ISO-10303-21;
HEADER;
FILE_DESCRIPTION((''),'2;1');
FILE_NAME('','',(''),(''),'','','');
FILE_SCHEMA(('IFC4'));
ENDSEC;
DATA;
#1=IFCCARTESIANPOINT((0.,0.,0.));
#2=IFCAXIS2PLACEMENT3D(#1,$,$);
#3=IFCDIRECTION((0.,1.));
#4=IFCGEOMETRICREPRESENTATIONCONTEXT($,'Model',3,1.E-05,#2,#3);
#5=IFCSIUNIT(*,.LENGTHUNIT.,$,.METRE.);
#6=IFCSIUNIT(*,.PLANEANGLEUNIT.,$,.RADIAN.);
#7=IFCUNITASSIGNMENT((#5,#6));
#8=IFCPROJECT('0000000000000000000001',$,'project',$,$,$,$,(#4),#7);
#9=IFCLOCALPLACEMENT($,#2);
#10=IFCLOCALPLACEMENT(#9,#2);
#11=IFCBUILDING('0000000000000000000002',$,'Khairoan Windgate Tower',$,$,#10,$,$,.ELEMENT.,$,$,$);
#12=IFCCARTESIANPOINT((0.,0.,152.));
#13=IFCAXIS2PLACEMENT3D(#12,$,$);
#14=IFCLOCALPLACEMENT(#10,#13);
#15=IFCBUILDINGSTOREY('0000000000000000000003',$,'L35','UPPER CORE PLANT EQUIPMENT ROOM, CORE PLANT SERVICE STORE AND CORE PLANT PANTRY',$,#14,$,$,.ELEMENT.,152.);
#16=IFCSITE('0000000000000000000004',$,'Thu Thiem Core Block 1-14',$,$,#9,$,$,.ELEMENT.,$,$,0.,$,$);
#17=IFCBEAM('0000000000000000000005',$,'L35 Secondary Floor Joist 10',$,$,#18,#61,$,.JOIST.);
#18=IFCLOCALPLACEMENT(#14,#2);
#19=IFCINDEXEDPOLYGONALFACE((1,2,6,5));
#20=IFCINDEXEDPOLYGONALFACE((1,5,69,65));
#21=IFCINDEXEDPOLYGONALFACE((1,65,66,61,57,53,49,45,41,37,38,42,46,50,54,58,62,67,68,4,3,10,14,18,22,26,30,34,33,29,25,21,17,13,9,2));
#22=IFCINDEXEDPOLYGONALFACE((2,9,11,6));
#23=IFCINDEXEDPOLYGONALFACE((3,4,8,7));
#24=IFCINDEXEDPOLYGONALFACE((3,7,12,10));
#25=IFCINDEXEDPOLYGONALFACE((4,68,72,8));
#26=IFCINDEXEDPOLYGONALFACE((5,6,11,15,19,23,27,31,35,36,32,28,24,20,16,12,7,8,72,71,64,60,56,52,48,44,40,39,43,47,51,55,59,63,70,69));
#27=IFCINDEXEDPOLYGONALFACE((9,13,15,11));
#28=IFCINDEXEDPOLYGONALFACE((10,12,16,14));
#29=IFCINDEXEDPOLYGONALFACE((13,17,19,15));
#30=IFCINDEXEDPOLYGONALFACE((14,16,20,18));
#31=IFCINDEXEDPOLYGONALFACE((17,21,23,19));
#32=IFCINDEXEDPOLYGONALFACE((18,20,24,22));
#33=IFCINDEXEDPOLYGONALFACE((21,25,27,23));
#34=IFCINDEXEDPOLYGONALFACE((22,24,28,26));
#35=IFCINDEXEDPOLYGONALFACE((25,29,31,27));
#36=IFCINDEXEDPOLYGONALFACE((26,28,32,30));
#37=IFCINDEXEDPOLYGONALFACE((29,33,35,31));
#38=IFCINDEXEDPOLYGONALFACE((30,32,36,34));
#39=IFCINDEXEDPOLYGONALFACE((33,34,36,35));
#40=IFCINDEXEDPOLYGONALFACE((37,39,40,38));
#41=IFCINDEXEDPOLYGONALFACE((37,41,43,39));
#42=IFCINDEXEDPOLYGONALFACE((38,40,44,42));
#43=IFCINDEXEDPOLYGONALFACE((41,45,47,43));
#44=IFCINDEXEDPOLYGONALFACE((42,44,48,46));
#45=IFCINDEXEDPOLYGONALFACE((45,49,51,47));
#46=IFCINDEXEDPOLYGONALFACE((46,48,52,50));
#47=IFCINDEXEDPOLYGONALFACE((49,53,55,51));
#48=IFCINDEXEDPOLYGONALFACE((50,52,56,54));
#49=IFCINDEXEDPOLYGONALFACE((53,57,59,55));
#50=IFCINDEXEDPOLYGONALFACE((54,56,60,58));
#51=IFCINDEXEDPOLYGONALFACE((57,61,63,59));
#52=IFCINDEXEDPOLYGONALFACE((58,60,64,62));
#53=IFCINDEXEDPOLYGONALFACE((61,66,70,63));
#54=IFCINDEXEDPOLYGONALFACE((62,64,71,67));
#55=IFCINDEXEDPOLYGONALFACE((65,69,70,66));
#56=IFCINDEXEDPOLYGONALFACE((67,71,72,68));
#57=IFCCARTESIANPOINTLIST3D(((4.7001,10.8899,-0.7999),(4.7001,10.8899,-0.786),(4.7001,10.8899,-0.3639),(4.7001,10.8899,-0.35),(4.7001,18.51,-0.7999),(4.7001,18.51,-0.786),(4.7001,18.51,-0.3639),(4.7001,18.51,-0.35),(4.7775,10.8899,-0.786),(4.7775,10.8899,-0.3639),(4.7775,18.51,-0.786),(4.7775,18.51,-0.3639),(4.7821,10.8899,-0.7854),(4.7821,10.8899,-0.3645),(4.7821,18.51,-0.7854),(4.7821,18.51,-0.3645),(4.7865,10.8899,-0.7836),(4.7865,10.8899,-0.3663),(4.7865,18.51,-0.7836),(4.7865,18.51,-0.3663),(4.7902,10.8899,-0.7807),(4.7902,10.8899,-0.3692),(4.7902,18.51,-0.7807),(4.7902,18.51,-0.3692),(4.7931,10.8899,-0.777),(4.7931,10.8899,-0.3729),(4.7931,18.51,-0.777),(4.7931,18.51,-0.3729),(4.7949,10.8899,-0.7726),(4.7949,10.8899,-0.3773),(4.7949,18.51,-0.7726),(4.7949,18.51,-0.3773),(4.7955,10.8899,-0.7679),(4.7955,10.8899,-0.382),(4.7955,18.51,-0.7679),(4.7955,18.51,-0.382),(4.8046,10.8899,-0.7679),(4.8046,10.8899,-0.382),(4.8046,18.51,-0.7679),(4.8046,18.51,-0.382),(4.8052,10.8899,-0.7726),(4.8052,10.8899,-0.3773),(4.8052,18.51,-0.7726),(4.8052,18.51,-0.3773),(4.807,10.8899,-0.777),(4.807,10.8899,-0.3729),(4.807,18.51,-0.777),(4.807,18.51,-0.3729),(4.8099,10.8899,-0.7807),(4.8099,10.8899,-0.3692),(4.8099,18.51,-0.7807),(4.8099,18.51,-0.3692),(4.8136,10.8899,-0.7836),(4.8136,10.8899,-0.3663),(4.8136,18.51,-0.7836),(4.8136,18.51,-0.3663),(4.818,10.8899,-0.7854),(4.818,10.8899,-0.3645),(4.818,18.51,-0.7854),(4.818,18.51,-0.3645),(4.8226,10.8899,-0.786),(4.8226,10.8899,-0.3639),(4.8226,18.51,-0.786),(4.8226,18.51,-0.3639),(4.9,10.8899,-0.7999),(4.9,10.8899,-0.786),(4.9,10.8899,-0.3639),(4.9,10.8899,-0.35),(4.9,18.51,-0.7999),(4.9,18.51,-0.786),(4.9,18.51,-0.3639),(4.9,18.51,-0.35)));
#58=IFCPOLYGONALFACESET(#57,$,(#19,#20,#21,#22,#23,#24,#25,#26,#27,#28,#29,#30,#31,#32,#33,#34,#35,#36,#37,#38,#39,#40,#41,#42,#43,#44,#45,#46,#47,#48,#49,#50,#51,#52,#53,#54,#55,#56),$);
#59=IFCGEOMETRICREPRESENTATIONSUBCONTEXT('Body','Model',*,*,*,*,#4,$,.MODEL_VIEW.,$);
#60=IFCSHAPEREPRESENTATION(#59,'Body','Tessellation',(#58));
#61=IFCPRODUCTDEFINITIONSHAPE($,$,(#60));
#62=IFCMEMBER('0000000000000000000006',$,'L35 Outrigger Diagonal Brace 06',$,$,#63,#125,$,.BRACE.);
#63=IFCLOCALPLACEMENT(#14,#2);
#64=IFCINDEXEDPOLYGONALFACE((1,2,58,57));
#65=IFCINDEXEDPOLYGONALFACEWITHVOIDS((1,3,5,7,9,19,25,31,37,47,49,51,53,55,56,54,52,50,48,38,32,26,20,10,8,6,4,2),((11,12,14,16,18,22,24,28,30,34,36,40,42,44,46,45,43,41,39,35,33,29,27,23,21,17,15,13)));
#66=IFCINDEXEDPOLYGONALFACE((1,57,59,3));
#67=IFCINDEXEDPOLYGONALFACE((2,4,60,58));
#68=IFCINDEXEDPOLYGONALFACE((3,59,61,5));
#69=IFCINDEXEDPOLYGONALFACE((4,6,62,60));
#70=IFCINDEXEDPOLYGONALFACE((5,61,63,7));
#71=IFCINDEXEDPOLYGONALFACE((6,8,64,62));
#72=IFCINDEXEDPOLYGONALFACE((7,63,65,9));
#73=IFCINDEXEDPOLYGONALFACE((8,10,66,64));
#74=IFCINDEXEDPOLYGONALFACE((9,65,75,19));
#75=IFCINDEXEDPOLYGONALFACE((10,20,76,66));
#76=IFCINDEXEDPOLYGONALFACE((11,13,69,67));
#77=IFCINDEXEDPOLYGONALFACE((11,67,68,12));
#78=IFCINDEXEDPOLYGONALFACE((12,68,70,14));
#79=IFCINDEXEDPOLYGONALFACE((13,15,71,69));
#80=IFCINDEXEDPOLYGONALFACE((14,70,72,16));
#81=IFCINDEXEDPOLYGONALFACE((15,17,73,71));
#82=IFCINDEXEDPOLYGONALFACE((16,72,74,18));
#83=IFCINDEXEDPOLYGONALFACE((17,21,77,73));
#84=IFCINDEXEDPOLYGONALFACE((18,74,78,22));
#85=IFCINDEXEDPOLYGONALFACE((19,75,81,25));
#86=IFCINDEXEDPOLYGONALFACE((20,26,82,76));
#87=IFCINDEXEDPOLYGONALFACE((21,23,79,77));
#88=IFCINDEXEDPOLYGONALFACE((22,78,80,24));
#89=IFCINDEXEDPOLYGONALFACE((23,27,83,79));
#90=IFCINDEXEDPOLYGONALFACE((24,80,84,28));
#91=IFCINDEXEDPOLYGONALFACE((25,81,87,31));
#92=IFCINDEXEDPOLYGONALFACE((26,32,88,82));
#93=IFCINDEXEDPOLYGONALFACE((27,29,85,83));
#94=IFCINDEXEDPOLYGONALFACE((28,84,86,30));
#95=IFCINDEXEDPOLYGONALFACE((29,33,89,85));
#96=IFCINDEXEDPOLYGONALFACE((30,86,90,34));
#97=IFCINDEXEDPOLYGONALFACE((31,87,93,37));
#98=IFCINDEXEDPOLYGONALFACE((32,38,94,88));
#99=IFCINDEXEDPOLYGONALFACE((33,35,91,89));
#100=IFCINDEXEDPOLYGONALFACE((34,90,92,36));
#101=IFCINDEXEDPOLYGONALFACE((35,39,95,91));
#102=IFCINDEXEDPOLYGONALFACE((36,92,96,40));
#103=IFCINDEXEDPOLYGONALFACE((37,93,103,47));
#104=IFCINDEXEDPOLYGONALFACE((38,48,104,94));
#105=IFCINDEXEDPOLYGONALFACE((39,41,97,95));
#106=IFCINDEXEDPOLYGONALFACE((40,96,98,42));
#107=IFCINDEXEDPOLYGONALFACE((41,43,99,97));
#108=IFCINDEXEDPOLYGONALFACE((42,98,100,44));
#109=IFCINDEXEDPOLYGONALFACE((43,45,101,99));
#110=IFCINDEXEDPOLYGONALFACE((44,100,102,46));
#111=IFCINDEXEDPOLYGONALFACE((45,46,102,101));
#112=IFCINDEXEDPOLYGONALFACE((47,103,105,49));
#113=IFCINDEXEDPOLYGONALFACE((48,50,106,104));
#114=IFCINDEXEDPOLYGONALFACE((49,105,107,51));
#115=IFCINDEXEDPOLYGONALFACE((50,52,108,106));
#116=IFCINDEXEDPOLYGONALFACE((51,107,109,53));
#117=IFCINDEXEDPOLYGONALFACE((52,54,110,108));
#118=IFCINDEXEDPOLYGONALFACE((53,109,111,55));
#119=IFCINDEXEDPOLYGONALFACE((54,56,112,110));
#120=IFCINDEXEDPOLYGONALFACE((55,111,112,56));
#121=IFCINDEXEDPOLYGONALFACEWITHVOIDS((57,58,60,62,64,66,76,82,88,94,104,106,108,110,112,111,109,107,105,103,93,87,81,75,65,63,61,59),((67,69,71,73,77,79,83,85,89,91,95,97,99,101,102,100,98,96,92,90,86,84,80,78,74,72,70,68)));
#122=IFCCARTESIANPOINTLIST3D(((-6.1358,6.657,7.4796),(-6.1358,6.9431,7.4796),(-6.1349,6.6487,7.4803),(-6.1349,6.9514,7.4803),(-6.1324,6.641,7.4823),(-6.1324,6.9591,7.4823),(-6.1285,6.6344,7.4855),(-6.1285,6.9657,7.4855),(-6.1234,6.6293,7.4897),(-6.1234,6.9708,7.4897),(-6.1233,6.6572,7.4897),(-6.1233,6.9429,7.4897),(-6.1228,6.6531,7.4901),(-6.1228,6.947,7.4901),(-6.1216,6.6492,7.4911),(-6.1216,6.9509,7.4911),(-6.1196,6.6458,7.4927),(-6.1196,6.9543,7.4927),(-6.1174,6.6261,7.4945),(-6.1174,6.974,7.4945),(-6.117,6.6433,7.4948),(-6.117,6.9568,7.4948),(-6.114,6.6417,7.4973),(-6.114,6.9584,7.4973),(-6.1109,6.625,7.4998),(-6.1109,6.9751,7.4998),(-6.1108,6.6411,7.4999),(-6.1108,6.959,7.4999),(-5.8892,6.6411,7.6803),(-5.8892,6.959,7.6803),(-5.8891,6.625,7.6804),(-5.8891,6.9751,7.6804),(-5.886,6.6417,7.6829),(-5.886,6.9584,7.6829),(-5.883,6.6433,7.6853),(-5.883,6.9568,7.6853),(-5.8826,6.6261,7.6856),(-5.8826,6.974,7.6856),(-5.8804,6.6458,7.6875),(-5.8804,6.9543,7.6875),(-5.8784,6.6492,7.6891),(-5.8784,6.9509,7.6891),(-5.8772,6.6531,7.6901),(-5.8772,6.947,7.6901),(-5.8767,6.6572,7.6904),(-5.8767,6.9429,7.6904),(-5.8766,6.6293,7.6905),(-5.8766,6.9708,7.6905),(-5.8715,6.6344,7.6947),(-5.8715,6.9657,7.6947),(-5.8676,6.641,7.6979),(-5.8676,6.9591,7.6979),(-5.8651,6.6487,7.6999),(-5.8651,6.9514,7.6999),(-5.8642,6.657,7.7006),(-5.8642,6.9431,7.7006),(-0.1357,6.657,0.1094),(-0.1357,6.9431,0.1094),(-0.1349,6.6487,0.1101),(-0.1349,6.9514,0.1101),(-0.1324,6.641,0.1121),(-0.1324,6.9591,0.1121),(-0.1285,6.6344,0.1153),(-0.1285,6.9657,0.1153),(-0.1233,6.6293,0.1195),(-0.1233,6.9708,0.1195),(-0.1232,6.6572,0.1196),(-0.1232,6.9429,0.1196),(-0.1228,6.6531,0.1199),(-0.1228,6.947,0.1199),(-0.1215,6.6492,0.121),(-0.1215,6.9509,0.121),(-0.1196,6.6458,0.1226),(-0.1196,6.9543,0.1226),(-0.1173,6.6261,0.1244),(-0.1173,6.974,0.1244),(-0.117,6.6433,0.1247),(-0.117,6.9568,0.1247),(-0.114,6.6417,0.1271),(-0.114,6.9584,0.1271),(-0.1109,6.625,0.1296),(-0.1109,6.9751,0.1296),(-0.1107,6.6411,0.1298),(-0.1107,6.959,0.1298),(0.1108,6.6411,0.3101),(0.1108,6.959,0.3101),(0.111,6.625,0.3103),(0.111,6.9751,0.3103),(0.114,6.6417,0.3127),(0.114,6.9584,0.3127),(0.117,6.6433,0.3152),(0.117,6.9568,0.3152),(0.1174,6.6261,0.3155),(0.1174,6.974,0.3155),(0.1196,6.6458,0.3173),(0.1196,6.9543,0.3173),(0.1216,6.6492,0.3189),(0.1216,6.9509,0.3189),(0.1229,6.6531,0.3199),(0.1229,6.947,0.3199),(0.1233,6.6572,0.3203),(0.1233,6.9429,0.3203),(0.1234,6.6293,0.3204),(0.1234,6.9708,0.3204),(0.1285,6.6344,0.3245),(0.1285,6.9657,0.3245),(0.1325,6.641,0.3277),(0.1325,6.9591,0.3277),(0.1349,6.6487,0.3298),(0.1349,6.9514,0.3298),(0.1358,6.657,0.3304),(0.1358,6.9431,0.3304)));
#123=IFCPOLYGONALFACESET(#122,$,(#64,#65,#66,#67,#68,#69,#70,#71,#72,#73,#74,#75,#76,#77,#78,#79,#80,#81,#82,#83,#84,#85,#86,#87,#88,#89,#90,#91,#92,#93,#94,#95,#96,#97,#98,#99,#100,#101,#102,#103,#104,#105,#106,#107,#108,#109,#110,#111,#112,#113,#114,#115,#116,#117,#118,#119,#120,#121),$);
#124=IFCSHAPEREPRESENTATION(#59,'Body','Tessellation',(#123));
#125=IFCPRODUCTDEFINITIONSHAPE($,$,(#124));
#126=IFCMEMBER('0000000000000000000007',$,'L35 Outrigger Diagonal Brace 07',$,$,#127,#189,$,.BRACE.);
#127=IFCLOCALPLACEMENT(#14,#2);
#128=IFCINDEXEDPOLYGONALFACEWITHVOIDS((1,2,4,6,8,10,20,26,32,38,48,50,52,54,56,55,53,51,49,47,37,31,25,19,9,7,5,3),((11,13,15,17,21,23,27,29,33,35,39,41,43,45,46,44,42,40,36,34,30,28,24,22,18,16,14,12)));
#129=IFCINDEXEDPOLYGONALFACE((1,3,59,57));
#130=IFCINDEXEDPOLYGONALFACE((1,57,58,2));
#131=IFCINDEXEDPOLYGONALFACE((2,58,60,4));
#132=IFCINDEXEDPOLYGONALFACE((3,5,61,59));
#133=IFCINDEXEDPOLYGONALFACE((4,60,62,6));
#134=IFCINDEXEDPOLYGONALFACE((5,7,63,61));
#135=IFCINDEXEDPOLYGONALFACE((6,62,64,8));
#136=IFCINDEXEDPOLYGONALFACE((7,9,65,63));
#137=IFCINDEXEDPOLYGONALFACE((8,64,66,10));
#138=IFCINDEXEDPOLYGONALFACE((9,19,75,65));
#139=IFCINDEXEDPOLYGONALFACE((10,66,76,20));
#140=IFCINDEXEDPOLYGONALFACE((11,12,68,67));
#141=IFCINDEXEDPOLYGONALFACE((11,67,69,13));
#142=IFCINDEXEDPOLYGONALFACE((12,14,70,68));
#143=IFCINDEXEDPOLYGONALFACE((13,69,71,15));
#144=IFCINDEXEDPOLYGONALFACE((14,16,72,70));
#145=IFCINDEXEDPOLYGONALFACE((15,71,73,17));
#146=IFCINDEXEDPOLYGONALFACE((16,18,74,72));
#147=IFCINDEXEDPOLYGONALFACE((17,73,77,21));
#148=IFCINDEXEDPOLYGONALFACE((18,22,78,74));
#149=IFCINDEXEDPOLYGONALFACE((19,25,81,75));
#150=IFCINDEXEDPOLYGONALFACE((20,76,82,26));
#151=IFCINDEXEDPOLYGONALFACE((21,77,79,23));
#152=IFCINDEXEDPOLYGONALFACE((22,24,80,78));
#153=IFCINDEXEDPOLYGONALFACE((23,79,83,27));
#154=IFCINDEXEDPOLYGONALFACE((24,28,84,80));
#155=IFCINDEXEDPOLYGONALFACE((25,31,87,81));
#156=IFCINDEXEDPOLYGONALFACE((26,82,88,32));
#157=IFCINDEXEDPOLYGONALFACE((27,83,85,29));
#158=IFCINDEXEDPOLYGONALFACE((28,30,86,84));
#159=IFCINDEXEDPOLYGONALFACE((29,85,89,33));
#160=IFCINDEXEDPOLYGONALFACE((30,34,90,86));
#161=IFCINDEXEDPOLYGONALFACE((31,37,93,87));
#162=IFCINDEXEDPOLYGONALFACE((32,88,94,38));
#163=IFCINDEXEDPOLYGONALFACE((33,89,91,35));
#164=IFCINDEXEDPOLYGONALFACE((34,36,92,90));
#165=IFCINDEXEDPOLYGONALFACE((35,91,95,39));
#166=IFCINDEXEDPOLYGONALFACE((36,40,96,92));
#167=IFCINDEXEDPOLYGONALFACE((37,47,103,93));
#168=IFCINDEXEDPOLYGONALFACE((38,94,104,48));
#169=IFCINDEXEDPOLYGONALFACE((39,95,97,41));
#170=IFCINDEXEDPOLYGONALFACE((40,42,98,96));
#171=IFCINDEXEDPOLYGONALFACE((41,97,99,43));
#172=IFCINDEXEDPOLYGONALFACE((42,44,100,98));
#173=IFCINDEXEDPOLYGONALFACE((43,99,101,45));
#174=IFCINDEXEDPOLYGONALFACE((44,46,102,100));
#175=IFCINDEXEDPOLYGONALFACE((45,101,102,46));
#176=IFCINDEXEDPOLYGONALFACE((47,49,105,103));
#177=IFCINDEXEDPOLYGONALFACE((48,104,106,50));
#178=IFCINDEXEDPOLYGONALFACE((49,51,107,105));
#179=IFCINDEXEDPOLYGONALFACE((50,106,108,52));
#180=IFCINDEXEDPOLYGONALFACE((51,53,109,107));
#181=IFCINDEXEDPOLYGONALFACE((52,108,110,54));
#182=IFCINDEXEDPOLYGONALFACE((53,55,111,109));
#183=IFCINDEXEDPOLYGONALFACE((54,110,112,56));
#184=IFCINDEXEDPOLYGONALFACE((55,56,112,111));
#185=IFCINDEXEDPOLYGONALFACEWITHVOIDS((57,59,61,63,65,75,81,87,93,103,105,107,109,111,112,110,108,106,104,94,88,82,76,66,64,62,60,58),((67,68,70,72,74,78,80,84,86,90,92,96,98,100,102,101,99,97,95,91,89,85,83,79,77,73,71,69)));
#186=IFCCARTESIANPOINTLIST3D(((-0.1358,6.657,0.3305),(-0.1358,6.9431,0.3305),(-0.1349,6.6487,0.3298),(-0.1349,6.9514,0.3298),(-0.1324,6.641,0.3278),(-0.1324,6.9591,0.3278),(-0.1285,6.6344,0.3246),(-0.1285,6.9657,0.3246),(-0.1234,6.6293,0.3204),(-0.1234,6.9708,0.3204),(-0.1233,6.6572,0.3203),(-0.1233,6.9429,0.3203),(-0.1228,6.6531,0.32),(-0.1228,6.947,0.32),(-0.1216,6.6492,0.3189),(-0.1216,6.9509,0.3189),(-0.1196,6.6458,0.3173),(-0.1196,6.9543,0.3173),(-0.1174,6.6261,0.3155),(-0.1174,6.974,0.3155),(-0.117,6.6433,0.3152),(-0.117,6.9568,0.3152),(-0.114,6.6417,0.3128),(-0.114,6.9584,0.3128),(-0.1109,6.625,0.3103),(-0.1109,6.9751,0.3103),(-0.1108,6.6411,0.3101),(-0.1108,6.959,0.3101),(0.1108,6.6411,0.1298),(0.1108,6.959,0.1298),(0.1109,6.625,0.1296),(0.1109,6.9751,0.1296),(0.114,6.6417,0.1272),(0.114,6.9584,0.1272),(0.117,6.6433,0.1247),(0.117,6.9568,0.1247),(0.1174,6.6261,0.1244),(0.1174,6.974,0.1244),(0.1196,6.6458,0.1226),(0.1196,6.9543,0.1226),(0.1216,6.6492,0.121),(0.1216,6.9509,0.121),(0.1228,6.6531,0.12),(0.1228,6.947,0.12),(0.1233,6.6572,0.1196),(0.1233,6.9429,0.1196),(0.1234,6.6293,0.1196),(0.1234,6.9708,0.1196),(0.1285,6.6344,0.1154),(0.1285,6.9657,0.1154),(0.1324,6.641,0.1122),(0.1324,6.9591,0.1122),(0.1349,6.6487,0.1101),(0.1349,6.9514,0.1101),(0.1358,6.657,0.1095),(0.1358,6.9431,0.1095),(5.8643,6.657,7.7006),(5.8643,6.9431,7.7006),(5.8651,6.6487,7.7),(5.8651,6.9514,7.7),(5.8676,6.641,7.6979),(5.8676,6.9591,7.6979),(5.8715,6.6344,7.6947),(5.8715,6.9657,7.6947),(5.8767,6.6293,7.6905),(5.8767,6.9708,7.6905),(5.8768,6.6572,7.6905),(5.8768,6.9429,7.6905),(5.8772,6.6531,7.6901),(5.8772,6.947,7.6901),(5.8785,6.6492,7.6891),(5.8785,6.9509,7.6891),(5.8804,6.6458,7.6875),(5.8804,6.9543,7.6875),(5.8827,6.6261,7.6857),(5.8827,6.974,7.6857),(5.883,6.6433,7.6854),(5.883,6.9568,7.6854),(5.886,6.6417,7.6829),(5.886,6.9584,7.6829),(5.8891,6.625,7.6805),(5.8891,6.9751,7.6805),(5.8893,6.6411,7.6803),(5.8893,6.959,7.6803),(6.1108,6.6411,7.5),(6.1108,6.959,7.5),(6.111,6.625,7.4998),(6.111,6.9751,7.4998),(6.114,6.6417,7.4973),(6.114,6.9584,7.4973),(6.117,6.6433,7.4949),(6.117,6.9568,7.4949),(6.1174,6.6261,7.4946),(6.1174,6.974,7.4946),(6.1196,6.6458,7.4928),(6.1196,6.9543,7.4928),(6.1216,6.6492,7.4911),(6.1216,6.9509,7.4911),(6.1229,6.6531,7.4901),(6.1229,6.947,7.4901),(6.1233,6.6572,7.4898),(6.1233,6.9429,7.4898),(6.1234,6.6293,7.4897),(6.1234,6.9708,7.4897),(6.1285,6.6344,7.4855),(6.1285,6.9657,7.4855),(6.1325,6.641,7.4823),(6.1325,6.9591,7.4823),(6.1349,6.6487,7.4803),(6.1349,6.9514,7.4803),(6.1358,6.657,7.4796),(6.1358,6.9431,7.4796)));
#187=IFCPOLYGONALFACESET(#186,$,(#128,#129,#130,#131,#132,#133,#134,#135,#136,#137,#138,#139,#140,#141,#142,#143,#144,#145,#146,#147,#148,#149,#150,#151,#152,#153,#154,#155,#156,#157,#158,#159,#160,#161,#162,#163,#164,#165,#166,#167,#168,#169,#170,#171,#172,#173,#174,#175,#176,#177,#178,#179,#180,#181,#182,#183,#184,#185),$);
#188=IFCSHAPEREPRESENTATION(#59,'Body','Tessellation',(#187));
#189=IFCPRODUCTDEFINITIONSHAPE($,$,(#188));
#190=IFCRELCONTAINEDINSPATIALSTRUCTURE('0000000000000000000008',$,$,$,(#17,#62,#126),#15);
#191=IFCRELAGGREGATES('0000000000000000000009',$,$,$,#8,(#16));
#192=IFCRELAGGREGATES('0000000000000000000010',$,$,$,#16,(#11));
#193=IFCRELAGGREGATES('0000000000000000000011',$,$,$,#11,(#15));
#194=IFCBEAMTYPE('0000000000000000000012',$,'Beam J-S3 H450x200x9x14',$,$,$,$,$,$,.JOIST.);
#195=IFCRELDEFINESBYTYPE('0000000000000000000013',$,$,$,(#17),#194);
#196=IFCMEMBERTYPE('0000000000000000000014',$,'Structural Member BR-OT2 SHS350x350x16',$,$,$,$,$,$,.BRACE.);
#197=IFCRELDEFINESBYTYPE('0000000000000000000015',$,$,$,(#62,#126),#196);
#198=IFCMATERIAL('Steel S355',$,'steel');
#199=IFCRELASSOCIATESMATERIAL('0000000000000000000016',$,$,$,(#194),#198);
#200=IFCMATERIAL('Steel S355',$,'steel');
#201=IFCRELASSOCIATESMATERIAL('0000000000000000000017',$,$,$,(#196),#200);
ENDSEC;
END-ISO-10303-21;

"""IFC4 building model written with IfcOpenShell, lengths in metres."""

from ifc_helpers import new_model, si_unit, direction, frame, origin, origin_2d, place, context, subcontext, project, spatial, hollow_rectangle, i_section, extrude, material, material_profile, profile_set, type_object, element, save


model = new_model("IFC4")

# Units and contexts
model_context = context("Model", 3, precision=1e-05, world=origin(), true_north=direction((0.0, 1.0)))
body_context = subcontext(model_context, "Body", "Model", "MODEL_VIEW")
ifc_project = project(units=[si_unit("LENGTHUNIT", "METRE"), si_unit("PLANEANGLEUNIT", "RADIAN")], contexts=[model_context])

# Site, building, storey
site_placement = place(None, origin())
site = spatial("IfcSite", under=ifc_project, at=site_placement, Name="Thu Thiem Core Block 1-14", CompositionType="ELEMENT", RefElevation=0.0)
building_placement = place(site_placement, origin())
building = spatial("IfcBuilding", under=site, at=building_placement, Name="Khairoan Windgate Tower", CompositionType="ELEMENT")
storey_placement = place(building_placement, frame((0.0, 0.0, 152.0)))
storey = spatial("IfcBuildingStorey", under=building, at=storey_placement, Name="L35", Description="UPPER CORE PLANT EQUIPMENT ROOM, CORE PLANT SERVICE STORE AND CORE PLANT PANTRY", CompositionType="ELEMENT", Elevation=152.0)

# Beam
ifc_material_1 = material(Name="Steel S355", Category="steel")
ifc_material_profile_1 = material_profile(ifc_material_1, i_section(OverallWidth=0.2, OverallDepth=0.45, WebThickness=0.009, FlangeThickness=0.0139, FilletRadius=0.0181, at=origin_2d()))
ifc_profile_set_1 = profile_set([ifc_material_profile_1], Name="Steel S355")
beam_type_1 = type_object("IfcBeamType", Name="Beam J-S3 H450x200x9x14", PredefinedType="JOIST", material=ifc_profile_set_1)
beam_1_placement = place(storey_placement, frame((4.8, 10.8899, -0.575), z_axis=(0.0, 1.0, 0.0), x_axis=(-1.0, 0.0, 0.0)))
element("IfcBeam", 1, at=beam_1_placement, inside=storey, type_object=beam_type_1, Name="L35 Secondary Floor Joist 10", PredefinedType="JOIST", context=body_context, shape_type="SweptSolid", body=[
    extrude(i_section(OverallWidth=0.2, OverallDepth=0.45, WebThickness=0.009, FlangeThickness=0.0139, FilletRadius=0.0181, at=origin_2d()), origin(), (0.0, 0.0, 1.0), 7.6201),
])

# Members
ifc_material_2 = material(Name="Steel S355", Category="steel")
ifc_material_profile_2 = material_profile(ifc_material_2, hollow_rectangle(XDim=0.3501, YDim=0.3501, WallThickness=0.0161, InnerFilletRadius=0.0161, OuterFilletRadius=0.032, at=origin_2d()))
ifc_profile_set_2 = profile_set([ifc_material_profile_2], Name="Steel S355")
member_type = type_object("IfcMemberType", Name="Structural Member BR-OT2 SHS350x350x16", PredefinedType="BRACE", material=ifc_profile_set_2)
for number, where, z_axis, x_axis, name in (
    (2, (-6.0, 6.8, 7.5901), (0.631339, 0.0, -0.775507), (0.0, 1.0, 0.0), "L35 Outrigger Diagonal Brace 06"),
    (3, (0.0, 6.8, 0.22), (0.631339, 0.0, 0.775507), (0.0, 1.0, 0.0), "L35 Outrigger Diagonal Brace 07"),
):
    element("IfcMember", number, at=place(storey_placement, frame(where, z_axis=z_axis, x_axis=x_axis)), inside=storey, type_object=member_type, Name=name, PredefinedType="BRACE", context=body_context, shape_type="SweptSolid", body=[
        extrude(hollow_rectangle(XDim=0.3501, YDim=0.3501, WallThickness=0.0161, InnerFilletRadius=0.0161, OuterFilletRadius=0.032, at=origin_2d()), origin(), (0.0, 0.0, 1.0), 9.5037),
    ])

save(model, "model.ifc")
